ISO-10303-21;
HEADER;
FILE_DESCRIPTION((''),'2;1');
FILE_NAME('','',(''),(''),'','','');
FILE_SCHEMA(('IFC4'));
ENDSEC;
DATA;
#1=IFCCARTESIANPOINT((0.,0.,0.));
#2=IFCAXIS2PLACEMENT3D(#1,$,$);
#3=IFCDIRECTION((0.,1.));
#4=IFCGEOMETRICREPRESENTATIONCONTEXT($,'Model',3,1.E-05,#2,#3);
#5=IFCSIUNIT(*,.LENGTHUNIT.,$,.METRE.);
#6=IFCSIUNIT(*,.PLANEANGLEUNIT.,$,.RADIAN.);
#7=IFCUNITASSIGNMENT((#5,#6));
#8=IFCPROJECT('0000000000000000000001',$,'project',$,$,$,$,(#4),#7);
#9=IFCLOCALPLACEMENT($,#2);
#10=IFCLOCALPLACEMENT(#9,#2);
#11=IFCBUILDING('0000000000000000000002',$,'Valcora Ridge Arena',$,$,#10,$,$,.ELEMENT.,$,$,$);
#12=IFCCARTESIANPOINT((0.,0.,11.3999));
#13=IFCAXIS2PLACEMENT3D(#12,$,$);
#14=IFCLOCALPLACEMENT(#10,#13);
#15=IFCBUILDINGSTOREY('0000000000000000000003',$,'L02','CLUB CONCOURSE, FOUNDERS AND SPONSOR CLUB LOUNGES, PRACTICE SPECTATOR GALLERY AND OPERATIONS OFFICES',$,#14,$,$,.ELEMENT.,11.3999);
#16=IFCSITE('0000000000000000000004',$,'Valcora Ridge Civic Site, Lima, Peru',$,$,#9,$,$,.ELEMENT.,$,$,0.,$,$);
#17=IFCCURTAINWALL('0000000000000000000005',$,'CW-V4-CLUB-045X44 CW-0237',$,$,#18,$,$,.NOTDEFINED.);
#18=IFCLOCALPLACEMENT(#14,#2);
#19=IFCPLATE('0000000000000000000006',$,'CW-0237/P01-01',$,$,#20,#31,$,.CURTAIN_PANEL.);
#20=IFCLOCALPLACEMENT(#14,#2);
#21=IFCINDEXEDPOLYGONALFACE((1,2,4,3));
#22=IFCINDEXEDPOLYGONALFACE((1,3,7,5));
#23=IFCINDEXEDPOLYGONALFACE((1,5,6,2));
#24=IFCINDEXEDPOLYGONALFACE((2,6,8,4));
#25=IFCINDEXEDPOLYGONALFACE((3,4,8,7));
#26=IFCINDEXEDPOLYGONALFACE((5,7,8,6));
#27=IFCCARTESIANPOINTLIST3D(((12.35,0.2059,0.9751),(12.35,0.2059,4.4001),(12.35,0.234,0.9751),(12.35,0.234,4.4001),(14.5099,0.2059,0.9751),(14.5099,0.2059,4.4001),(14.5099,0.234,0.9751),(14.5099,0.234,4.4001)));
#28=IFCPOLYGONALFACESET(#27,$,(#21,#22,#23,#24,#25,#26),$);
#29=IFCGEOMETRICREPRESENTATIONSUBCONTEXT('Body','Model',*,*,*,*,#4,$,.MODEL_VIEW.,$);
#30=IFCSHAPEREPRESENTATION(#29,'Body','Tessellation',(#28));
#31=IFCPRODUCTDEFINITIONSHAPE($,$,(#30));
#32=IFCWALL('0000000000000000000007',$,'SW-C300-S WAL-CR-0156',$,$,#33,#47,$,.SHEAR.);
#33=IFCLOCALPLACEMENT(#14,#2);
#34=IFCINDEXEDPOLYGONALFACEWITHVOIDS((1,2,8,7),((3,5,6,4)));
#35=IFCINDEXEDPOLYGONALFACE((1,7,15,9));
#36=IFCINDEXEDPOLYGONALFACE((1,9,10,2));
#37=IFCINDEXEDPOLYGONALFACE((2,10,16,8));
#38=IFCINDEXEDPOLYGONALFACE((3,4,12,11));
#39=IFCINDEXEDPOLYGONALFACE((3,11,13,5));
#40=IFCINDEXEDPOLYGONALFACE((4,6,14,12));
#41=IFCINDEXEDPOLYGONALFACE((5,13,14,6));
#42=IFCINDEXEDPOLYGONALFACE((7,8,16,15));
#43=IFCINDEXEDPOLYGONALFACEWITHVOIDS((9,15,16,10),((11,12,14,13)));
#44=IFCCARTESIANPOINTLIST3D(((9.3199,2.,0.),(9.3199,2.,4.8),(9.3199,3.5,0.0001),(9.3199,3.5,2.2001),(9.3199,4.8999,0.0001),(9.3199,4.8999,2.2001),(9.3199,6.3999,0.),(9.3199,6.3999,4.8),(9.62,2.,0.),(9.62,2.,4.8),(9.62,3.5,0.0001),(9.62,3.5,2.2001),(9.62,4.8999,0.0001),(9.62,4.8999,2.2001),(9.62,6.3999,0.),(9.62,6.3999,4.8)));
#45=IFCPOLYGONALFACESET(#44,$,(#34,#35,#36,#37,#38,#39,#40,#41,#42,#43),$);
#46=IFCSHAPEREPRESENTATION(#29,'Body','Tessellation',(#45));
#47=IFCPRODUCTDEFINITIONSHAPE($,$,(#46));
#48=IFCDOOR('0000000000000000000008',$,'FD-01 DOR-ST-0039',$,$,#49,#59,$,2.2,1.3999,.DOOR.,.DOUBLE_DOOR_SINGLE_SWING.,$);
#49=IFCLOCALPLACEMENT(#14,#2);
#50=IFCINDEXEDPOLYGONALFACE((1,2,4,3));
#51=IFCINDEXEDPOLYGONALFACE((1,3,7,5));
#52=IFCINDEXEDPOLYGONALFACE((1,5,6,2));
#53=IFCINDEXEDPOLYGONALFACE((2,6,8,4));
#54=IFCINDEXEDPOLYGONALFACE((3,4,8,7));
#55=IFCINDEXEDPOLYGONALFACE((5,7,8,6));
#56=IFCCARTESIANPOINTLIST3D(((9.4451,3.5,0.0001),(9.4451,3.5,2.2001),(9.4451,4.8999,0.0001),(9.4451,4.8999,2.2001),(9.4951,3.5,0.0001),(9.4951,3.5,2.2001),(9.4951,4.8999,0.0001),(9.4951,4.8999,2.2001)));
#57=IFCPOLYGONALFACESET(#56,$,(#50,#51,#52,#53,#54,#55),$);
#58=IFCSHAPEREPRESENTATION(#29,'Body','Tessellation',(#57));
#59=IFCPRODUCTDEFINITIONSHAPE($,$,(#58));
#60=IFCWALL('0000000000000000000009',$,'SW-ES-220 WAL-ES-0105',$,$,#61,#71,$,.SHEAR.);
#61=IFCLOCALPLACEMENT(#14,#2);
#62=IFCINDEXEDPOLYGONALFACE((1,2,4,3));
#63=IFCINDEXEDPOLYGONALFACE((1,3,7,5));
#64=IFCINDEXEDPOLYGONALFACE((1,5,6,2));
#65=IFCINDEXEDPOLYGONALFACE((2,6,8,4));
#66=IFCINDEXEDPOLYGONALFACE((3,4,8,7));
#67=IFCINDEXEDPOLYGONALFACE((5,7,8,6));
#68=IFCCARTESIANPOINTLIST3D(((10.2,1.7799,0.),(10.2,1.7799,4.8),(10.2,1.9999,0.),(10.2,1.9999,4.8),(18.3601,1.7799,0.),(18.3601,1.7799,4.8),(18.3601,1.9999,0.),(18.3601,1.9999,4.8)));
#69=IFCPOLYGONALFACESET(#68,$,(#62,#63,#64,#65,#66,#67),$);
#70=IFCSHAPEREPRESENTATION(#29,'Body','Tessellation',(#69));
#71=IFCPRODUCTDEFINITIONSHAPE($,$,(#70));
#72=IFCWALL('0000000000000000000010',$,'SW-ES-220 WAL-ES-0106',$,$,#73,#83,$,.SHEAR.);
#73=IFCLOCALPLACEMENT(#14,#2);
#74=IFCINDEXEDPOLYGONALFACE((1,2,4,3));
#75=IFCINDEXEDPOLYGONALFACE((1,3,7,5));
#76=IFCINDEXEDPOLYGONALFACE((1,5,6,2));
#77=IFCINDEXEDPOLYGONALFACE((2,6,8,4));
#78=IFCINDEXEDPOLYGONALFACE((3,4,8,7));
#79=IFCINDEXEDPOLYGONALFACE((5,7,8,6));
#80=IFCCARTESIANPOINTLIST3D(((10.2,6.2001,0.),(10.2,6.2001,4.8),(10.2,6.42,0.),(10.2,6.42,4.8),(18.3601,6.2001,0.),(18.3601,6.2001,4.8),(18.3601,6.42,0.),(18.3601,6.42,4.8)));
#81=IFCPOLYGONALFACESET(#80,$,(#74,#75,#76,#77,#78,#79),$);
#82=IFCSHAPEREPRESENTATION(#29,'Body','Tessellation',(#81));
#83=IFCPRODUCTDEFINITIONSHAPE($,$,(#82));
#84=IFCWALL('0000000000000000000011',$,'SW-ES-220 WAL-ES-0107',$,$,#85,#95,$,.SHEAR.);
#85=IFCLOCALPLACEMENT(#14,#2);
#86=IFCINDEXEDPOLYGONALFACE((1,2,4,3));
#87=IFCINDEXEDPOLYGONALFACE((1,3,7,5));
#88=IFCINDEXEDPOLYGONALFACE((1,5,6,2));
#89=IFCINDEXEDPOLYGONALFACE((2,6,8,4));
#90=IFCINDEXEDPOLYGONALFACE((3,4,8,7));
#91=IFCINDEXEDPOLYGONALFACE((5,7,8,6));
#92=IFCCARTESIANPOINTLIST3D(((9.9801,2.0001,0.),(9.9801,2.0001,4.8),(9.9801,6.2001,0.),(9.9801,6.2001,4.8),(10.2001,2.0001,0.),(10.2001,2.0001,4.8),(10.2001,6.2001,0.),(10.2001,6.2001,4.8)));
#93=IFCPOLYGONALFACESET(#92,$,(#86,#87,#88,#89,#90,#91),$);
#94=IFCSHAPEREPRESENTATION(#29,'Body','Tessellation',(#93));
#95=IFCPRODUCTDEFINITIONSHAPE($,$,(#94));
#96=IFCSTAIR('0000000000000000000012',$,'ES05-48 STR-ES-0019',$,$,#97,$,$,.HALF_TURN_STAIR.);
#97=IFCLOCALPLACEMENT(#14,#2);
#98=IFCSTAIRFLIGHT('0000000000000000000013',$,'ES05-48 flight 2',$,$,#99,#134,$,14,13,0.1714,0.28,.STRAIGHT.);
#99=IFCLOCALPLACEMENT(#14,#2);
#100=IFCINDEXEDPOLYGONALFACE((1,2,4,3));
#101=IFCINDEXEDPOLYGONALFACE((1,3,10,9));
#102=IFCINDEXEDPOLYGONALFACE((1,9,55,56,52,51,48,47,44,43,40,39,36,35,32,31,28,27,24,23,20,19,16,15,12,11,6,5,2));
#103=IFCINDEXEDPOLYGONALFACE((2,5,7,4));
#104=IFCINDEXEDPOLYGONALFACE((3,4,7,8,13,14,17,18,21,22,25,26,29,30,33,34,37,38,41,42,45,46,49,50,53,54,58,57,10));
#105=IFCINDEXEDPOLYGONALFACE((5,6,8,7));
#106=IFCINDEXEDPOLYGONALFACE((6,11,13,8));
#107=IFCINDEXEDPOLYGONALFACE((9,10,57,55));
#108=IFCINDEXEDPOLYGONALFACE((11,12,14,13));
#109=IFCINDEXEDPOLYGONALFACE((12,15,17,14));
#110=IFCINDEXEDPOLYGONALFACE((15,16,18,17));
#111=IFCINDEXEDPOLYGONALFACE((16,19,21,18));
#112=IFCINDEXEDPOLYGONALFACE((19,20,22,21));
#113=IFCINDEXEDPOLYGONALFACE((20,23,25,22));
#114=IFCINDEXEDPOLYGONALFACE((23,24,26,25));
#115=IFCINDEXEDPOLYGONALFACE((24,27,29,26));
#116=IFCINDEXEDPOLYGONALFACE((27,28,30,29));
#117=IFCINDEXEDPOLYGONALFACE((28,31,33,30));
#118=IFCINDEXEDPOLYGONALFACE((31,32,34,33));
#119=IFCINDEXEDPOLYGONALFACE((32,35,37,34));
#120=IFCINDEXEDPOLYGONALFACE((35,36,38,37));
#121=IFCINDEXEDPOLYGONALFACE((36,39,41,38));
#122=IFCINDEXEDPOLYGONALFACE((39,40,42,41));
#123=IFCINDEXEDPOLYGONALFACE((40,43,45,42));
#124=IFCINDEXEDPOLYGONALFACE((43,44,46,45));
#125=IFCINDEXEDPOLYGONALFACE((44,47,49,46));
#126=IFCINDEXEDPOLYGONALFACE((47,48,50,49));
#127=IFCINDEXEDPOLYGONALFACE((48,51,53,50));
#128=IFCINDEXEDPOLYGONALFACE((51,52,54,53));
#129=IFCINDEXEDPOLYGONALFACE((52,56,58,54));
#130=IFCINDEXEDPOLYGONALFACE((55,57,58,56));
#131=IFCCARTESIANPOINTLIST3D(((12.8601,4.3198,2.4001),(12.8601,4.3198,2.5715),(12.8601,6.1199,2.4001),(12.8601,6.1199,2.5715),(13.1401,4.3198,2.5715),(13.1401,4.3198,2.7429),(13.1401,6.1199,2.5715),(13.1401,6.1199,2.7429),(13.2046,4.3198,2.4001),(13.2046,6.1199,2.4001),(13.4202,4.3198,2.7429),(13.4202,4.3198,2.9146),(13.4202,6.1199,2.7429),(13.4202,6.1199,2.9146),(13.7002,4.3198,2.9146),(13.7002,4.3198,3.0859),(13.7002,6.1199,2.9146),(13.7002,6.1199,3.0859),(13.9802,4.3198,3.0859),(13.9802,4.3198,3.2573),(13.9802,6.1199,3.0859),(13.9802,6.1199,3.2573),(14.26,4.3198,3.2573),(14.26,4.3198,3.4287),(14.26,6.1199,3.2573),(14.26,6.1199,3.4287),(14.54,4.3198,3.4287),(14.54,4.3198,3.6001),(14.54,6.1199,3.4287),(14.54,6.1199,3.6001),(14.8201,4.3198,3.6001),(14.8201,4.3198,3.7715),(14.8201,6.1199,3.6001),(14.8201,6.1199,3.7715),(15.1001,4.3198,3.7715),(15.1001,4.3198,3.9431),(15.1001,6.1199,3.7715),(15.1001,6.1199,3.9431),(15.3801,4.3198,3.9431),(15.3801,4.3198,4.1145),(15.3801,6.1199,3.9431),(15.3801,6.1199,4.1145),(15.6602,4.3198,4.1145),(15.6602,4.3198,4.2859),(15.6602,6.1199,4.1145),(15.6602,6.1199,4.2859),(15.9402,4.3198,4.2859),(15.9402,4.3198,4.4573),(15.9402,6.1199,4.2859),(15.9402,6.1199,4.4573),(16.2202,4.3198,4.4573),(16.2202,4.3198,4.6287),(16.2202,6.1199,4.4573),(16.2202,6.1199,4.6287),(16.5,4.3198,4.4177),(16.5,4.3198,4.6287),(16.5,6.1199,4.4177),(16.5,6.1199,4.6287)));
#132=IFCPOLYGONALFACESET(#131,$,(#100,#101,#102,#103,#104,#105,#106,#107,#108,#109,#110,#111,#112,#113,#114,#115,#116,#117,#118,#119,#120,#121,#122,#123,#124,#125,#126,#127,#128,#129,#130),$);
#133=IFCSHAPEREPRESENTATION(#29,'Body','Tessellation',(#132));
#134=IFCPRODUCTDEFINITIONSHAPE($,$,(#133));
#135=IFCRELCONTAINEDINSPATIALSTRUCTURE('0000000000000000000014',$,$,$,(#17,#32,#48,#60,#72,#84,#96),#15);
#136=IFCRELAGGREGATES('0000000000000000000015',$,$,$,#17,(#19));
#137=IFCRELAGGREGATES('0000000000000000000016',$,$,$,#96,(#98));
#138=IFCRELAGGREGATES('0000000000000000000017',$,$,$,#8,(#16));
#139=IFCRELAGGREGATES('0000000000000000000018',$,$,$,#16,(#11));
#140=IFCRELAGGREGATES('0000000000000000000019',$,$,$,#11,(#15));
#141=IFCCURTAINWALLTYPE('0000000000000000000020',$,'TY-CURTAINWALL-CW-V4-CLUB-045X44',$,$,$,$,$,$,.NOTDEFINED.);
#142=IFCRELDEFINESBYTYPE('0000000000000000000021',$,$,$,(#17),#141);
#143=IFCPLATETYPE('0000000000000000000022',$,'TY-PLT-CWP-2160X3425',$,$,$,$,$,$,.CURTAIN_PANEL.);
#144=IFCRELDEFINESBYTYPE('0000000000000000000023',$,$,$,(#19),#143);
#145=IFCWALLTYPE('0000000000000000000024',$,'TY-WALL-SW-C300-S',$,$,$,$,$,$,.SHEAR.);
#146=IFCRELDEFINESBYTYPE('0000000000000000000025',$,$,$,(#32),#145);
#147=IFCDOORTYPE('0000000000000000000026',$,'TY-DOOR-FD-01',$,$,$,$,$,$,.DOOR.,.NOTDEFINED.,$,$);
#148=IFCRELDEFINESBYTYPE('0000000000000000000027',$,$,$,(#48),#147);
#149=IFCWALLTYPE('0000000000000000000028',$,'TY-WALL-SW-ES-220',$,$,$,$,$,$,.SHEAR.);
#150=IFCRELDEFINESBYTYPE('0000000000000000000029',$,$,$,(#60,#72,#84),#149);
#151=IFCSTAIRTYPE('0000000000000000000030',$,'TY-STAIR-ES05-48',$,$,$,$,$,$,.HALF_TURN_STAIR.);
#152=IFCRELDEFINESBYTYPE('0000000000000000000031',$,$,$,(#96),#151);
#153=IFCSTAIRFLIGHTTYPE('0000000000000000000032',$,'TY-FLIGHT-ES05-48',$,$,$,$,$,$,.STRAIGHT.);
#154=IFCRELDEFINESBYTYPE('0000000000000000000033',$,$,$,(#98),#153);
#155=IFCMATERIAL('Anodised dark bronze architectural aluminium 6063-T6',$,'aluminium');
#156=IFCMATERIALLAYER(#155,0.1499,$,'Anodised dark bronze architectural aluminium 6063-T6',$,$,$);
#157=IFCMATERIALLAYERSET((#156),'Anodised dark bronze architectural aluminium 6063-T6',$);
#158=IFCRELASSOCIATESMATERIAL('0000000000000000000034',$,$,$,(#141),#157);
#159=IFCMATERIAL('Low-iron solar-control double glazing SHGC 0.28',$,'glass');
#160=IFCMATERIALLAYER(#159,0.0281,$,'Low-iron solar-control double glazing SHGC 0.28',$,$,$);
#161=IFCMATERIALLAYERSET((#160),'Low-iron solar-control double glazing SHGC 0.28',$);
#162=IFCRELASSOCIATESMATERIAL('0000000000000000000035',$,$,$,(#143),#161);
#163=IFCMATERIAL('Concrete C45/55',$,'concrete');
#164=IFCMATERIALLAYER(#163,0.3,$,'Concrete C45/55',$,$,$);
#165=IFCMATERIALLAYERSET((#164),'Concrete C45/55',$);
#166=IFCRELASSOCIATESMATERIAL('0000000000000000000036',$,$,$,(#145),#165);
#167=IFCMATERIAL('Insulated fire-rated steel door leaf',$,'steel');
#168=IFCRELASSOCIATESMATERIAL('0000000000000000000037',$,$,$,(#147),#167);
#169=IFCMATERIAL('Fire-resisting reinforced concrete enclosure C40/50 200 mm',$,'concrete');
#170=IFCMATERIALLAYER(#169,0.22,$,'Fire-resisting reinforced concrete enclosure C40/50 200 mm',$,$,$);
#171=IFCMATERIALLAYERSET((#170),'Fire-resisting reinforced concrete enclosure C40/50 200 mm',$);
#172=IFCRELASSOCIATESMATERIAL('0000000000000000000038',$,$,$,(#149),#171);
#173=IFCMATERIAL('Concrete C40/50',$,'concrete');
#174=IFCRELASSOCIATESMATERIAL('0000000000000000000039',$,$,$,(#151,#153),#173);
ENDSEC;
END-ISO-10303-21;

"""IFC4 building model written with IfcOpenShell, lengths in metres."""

from ifc_helpers import new_model, si_unit, direction, frame, frame_2d, origin, origin_2d, place, context, subcontext, project, spatial, polyline, rectangle, outline, extrude, material, layer, layer_set, type_object, element, fill, aggregate, save


model = new_model("IFC4")

# Units and contexts
model_context = context("Model", 3, precision=1e-05, world=origin(), true_north=direction((0.0, 1.0)))
body_context = subcontext(model_context, "Body", "Model", "MODEL_VIEW")
ifc_project = project(units=[si_unit("LENGTHUNIT", "METRE"), si_unit("PLANEANGLEUNIT", "RADIAN")], contexts=[model_context])

# Site, building, storey
site_placement = place(None, origin())
site = spatial("IfcSite", under=ifc_project, at=site_placement, Name="Valcora Ridge Civic Site, Lima, Peru", CompositionType="ELEMENT", RefElevation=0.0)
building_placement = place(site_placement, origin())
building = spatial("IfcBuilding", under=site, at=building_placement, Name="Valcora Ridge Arena", CompositionType="ELEMENT")
storey_placement = place(building_placement, frame((0.0, 0.0, 11.3999)))
storey = spatial("IfcBuildingStorey", under=building, at=storey_placement, Name="L02", Description="CLUB CONCOURSE, FOUNDERS AND SPONSOR CLUB LOUNGES, PRACTICE SPECTATOR GALLERY AND OPERATIONS OFFICES", CompositionType="ELEMENT", Elevation=11.3999)

# Shared definitions
ifc_material_1 = material(Name="Concrete C40/50", Category="concrete")

# Curtain wall
ifc_material_2 = material(Name="Anodised dark bronze architectural aluminium 6063-T6", Category="aluminium")
ifc_layer_1 = layer(ifc_material_2, 0.1499, Name="Anodised dark bronze architectural aluminium 6063-T6")
ifc_layer_set_1 = layer_set([ifc_layer_1], Name="Anodised dark bronze architectural aluminium 6063-T6")
curtain_wall_type_1 = type_object("IfcCurtainWallType", Name="TY-CURTAINWALL-CW-V4-CLUB-045X44", PredefinedType="NOTDEFINED", material=ifc_layer_set_1)
curtain_wall_1_placement = place(storey_placement, origin())
curtain_wall_1 = element("IfcCurtainWall", 1, at=curtain_wall_1_placement, inside=storey, type_object=curtain_wall_type_1, Name="CW-V4-CLUB-045X44 CW-0237", PredefinedType="NOTDEFINED")

# Plate
ifc_material_3 = material(Name="Low-iron solar-control double glazing SHGC 0.28", Category="glass")
ifc_layer_2 = layer(ifc_material_3, 0.0281, Name="Low-iron solar-control double glazing SHGC 0.28")
ifc_layer_set_2 = layer_set([ifc_layer_2], Name="Low-iron solar-control double glazing SHGC 0.28")
plate_type_1 = type_object("IfcPlateType", Name="TY-PLT-CWP-2160X3425", PredefinedType="CURTAIN_PANEL", material=ifc_layer_set_2)
plate_1_placement = place(storey_placement, frame((13.4299, 0.22, 0.9751), z_axis=(0.0, 0.0, 1.0), x_axis=(1.0, 0.0, 0.0)))
plate_1 = element("IfcPlate", 2, at=plate_1_placement, type_object=plate_type_1, Name="CW-0237/P01-01", PredefinedType="CURTAIN_PANEL", context=body_context, shape_type="SweptSolid", body=[
    extrude(rectangle(XDim=2.1599, YDim=0.0281, at=origin_2d()), origin(), (0.0, 0.0, 1.0), 3.425),
])
aggregate(curtain_wall_1, [plate_1])

# Wall, opening, door
ifc_material_4 = material(Name="Concrete C45/55", Category="concrete")
ifc_layer_3 = layer(ifc_material_4, 0.3, Name="Concrete C45/55")
ifc_layer_set_3 = layer_set([ifc_layer_3], Name="Concrete C45/55")
wall_type_1 = type_object("IfcWallType", Name="TY-WALL-SW-C300-S", PredefinedType="SHEAR", material=ifc_layer_set_3)
wall_1_placement = place(storey_placement, frame((9.47, 2.0, 0.0), z_axis=(0.0, 0.0, 1.0), x_axis=(0.0, 1.0, 0.0)))
wall_1 = element("IfcWall", 3, at=wall_1_placement, inside=storey, type_object=wall_type_1, Name="SW-C300-S WAL-CR-0156", PredefinedType="SHEAR", context=body_context, shape_type="SweptSolid", body=[
    extrude(rectangle(XDim=4.3999, YDim=0.3, at=frame_2d((2.2, 0.0))), origin(), (0.0, 0.0, 1.0), 4.8),
])
opening_placement = place(wall_1_placement, frame((1.5, 0.0, 0.0)))
opening = element("IfcOpeningElement", 4, at=opening_placement, cuts=wall_1, PredefinedType="OPENING", context=body_context, shape_type="SweptSolid", body=[
    extrude(rectangle(XDim=1.3999, YDim=2.2, at=frame_2d((0.7, 1.1001))), frame((0.0, 0.1599, 0.0), z_axis=(0.0, -1.0, 0.0), x_axis=(1.0, 0.0, 0.0)), (0.0, 0.0, 1.0), 0.3201),
])
ifc_material_5 = material(Name="Insulated fire-rated steel door leaf", Category="steel")
door_type = type_object("IfcDoorType", Name="TY-DOOR-FD-01", OperationType="NOTDEFINED", PredefinedType="DOOR", material=ifc_material_5)
door_placement = place(opening_placement, origin())
door = element("IfcDoor", 5, at=door_placement, inside=storey, type_object=door_type, Name="FD-01 DOR-ST-0039", OperationType="DOUBLE_DOOR_SINGLE_SWING", OverallHeight=2.2, OverallWidth=1.3999, PredefinedType="DOOR", context=body_context, shape_type="SweptSolid", body=[
    extrude(rectangle(XDim=1.3999, YDim=2.2, at=frame_2d((0.7, 1.1001))), frame((0.0, 0.0249, 0.0), z_axis=(0.0, -1.0, 0.0), x_axis=(1.0, 0.0, 0.0)), (0.0, 0.0, 1.0), 0.05),
])
fill(opening, door)

# Walls
ifc_material_6 = material(Name="Fire-resisting reinforced concrete enclosure C40/50 200 mm", Category="concrete")
ifc_layer_4 = layer(ifc_material_6, 0.22, Name="Fire-resisting reinforced concrete enclosure C40/50 200 mm")
ifc_layer_set_4 = layer_set([ifc_layer_4], Name="Fire-resisting reinforced concrete enclosure C40/50 200 mm")
wall_type_2 = type_object("IfcWallType", Name="TY-WALL-SW-ES-220", PredefinedType="SHEAR", material=ifc_layer_set_4)
for number, where, z_axis, x_axis, name in (
    (6, (10.2, 1.8899, 0.0), (0.0, 0.0, 1.0), (1.0, 0.0, 0.0), "SW-ES-220 WAL-ES-0105"),
    (7, (10.2, 6.3101, 0.0), (0.0, 0.0, 1.0), (1.0, 0.0, 0.0), "SW-ES-220 WAL-ES-0106"),
):
    element("IfcWall", number, at=place(storey_placement, frame(where, z_axis=z_axis, x_axis=x_axis)), inside=storey, type_object=wall_type_2, Name=name, PredefinedType="SHEAR", context=body_context, shape_type="SweptSolid", body=[
        extrude(rectangle(XDim=8.1602, YDim=0.22, at=frame_2d((4.0801, 0.0))), origin(), (0.0, 0.0, 1.0), 4.8),
    ])
wall_2_placement = place(storey_placement, frame((10.0901, 2.0, 0.0), z_axis=(0.0, 0.0, 1.0), x_axis=(0.0, 1.0, 0.0)))
element("IfcWall", 8, at=wall_2_placement, inside=storey, type_object=wall_type_2, Name="SW-ES-220 WAL-ES-0107", PredefinedType="SHEAR", context=body_context, shape_type="SweptSolid", body=[
    extrude(rectangle(XDim=4.2, YDim=0.22, at=frame_2d((2.1001, 0.0))), origin(), (0.0, 0.0, 1.0), 4.8),
])

# Stair, stair flight
stair_type = type_object("IfcStairType", Name="TY-STAIR-ES05-48", PredefinedType="HALF_TURN_STAIR", material=ifc_material_1)
stair_placement = place(storey_placement, origin())
stair = element("IfcStair", 9, at=stair_placement, inside=storey, type_object=stair_type, Name="ES05-48 STR-ES-0019", PredefinedType="HALF_TURN_STAIR")
stair_flight_type = type_object("IfcStairFlightType", Name="TY-FLIGHT-ES05-48", PredefinedType="STRAIGHT", material=ifc_material_1)
stair_flight_placement = place(storey_placement, frame((12.8601, 5.22, 2.4001), z_axis=(0.0, 0.0, 1.0), x_axis=(1.0, 0.0, 0.0)))
stair_flight = element("IfcStairFlight", 10, at=stair_flight_placement, type_object=stair_flight_type, Name="ES05-48 flight 2", NumberOfRisers=14, NumberOfTreads=13, PredefinedType="STRAIGHT", RiserHeight=0.1714, TreadLength=0.28, context=body_context, shape_type="SweptSolid", body=[
    extrude(outline(polyline([(0.0, 0.0), (0.0, 0.1714), (0.28, 0.1714), (0.28, 0.3428), (0.5601, 0.3428), (0.5601, 0.5144), (0.8401, 0.5144), (0.8401, 0.6858), (1.1201, 0.6858), (1.1201, 0.8572), (1.3999, 0.8572), (1.3999, 1.0286), (1.6799, 1.0286), (1.6799, 1.2), (1.96, 1.2), (1.96, 1.3713), (2.24, 1.3713), (2.24, 1.543), (2.52, 1.543), (2.52, 1.7144), (2.8, 1.7144), (2.8, 1.8857), (3.0801, 1.8857), (3.0801, 2.0571), (3.3601, 2.0571), (3.3601, 2.2285), (3.6399, 2.2285), (3.6399, 2.3999), (3.6399, 2.0176), (0.3445, 0.0), (0.0, 0.0)])), frame((0.0, 0.8999, 0.0), z_axis=(0.0, -1.0, 0.0), x_axis=(1.0, 0.0, 0.0)), (0.0, 0.0, 1.0), 1.8),
])
aggregate(stair, [stair_flight])

save(model, "model.ifc")
